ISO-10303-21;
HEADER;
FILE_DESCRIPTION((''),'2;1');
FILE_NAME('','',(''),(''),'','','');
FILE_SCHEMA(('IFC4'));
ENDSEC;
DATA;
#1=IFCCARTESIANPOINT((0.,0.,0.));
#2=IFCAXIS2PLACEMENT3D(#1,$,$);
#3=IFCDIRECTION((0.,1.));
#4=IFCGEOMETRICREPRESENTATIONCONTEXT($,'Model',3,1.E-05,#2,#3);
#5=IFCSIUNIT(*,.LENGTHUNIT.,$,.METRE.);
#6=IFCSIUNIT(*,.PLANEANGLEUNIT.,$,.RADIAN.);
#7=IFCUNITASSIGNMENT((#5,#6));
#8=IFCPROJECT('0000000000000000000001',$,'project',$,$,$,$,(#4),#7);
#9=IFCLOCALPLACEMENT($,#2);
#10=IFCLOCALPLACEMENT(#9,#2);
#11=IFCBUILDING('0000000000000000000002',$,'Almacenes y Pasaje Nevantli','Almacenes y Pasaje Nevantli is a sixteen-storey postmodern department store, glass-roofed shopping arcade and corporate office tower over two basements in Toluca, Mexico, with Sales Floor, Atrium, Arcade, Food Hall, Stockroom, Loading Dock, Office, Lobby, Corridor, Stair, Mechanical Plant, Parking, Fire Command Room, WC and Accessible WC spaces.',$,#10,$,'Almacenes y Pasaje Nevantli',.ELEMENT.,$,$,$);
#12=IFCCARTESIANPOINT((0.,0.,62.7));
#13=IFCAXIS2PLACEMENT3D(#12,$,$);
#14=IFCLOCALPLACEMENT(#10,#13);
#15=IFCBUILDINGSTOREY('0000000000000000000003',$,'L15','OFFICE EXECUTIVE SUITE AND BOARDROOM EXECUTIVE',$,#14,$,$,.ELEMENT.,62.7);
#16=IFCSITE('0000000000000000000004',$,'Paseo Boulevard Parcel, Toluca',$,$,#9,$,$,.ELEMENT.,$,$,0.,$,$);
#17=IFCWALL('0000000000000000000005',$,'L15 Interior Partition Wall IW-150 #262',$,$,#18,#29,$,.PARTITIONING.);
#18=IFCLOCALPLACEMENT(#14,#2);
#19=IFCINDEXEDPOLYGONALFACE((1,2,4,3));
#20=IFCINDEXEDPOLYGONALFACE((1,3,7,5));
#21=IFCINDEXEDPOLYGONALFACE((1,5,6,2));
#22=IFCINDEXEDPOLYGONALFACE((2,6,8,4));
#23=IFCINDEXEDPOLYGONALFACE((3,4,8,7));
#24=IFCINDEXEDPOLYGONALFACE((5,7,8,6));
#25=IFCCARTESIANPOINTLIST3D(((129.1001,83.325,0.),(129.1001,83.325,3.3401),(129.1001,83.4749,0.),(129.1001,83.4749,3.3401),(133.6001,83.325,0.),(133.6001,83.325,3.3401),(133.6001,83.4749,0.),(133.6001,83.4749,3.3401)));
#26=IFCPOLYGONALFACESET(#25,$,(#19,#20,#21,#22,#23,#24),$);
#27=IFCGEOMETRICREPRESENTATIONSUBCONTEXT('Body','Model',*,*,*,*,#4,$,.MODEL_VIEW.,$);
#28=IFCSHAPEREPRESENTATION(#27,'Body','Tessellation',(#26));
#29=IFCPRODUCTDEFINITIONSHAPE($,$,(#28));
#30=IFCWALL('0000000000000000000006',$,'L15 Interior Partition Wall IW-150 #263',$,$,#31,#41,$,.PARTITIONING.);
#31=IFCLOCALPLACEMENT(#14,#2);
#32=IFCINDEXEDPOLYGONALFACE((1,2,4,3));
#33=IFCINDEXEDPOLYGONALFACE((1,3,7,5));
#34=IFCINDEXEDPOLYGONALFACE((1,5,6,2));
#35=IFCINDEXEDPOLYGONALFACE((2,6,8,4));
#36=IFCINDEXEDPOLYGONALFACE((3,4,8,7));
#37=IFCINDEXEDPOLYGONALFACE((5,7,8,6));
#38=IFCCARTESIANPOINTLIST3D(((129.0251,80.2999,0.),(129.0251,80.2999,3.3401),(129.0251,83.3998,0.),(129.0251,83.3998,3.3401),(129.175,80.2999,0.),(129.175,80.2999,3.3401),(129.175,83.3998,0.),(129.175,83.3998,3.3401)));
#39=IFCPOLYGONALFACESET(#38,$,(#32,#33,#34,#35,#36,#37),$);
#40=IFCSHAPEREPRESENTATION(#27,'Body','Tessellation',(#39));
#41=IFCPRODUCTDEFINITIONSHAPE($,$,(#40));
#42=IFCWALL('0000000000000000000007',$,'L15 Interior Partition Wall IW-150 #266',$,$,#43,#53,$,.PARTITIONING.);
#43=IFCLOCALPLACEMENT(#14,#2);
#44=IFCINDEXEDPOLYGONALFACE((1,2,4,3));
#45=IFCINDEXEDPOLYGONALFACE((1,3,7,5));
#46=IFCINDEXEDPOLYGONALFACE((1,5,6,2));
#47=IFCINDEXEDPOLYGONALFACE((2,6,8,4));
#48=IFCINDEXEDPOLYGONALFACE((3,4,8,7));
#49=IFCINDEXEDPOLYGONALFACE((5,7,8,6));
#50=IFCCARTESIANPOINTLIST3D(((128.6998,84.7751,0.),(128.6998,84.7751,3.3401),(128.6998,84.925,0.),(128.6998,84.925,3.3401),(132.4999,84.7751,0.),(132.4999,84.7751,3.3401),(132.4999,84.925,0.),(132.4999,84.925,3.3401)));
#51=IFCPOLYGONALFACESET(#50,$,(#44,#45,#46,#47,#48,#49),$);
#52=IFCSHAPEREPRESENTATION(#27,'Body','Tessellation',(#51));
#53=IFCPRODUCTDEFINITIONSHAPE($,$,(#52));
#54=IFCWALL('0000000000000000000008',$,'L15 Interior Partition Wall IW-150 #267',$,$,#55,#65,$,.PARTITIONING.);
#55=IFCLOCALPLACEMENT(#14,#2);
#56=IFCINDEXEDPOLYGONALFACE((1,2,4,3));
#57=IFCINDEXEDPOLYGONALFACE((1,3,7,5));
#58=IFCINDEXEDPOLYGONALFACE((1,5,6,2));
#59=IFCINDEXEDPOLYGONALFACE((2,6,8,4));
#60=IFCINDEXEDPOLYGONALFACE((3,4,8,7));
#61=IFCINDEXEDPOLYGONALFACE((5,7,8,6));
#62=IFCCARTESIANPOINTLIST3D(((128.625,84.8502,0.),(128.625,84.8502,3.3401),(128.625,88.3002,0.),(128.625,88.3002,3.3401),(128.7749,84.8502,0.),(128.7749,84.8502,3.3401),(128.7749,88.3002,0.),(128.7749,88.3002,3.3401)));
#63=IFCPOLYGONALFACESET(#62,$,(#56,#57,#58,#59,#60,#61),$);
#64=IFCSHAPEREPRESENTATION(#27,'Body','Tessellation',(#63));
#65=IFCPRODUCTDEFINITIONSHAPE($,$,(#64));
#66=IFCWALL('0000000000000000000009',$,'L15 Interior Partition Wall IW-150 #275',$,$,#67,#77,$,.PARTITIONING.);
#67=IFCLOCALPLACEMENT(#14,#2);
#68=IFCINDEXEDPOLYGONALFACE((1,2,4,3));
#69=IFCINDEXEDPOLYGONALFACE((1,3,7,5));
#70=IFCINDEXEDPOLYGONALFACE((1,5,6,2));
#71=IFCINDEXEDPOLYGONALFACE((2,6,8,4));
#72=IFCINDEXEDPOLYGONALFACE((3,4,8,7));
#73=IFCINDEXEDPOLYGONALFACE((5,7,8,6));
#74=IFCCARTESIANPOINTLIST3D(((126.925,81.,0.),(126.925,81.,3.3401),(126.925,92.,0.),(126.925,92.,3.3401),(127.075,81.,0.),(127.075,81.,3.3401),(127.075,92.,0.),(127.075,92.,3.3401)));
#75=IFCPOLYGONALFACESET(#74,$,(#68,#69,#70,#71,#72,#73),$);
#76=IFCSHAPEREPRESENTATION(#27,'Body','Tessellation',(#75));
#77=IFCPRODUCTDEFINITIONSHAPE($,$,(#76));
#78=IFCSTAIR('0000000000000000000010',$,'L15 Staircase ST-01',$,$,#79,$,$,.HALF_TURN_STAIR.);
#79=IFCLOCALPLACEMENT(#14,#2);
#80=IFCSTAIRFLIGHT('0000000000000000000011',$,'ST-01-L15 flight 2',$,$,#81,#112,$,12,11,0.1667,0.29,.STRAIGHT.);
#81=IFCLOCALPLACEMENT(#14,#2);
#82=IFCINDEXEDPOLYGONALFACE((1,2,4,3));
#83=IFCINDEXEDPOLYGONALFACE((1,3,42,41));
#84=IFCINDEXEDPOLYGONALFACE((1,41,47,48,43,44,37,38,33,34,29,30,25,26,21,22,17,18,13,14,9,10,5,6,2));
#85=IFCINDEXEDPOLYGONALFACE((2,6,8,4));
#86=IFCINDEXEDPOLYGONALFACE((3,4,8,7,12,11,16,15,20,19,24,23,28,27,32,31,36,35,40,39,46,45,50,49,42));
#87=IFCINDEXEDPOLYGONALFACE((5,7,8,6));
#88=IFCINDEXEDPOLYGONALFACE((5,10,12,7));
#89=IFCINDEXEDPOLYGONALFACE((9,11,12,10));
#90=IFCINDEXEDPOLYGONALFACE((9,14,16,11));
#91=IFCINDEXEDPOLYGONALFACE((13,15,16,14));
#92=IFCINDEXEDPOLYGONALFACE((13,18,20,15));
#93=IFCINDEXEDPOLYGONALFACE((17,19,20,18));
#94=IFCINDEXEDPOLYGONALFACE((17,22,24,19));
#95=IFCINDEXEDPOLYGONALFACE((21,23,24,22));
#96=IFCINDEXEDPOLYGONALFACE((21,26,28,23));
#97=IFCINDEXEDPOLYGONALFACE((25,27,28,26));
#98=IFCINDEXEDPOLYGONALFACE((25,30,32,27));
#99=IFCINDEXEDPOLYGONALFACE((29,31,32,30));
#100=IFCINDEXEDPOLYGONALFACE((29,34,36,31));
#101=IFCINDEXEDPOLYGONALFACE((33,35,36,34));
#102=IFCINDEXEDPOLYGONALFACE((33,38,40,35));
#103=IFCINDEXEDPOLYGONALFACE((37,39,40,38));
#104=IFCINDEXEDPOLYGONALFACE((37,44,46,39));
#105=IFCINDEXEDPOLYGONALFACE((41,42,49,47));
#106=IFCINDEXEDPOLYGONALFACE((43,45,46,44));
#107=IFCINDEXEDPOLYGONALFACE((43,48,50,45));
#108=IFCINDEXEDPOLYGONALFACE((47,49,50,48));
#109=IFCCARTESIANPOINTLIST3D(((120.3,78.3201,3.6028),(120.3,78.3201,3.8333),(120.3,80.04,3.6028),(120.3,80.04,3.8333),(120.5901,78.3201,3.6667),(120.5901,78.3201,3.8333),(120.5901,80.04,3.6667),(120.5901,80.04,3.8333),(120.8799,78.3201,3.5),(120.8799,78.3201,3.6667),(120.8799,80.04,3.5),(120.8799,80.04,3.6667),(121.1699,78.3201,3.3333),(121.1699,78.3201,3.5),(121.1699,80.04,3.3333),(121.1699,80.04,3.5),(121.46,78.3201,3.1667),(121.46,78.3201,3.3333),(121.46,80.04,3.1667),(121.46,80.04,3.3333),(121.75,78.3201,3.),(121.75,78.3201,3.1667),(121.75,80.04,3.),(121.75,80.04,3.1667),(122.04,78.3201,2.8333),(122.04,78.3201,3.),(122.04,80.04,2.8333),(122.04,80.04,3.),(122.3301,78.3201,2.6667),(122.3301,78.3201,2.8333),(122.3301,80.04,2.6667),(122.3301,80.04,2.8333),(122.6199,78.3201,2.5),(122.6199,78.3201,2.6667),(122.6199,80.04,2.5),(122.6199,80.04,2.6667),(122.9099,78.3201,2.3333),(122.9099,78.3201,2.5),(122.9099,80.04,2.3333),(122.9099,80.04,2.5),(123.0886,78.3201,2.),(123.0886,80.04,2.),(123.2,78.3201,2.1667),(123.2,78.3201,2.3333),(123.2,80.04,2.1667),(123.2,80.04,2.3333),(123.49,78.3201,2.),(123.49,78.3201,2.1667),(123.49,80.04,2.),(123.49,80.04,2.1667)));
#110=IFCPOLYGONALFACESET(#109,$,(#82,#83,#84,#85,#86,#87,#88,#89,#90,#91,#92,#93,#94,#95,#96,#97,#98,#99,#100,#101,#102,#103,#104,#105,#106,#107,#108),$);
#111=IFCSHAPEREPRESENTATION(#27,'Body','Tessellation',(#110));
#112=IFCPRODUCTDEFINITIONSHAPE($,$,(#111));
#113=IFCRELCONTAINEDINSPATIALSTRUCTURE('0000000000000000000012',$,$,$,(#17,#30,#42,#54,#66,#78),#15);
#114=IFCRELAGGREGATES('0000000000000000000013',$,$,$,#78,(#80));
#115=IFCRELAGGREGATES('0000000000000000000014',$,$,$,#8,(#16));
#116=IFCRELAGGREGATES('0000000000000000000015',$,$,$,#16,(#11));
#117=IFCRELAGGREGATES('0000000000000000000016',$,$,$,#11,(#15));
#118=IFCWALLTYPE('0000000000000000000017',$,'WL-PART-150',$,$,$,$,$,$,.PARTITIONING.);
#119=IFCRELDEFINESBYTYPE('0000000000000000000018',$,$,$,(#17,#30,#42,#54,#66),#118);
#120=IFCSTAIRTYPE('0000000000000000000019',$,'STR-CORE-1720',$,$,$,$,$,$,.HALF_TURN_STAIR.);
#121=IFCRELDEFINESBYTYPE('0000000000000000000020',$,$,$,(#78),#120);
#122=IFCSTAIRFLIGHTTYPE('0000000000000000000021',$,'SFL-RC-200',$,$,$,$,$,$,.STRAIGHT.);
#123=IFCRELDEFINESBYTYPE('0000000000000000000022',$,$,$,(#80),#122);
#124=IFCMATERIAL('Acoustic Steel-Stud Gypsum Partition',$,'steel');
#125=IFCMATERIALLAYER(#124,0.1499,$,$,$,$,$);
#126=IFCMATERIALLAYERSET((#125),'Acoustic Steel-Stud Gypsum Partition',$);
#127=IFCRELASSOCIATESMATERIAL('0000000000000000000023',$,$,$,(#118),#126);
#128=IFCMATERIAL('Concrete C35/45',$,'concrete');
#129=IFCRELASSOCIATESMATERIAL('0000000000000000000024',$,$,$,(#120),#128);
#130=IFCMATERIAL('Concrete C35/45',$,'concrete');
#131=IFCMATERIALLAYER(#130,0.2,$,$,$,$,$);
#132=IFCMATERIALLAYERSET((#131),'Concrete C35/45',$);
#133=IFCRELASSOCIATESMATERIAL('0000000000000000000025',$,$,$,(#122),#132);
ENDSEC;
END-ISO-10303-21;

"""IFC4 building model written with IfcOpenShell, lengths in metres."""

from ifc_helpers import new_model, si_unit, direction, frame, frame_2d, origin, place, context, subcontext, project, spatial, polyline, rectangle, outline, extrude, material, layer, layer_set, type_object, element, aggregate, save


model = new_model("IFC4")

# Units and contexts
model_context = context("Model", 3, precision=1e-05, world=origin(), true_north=direction((0.0, 1.0)))
body_context = subcontext(model_context, "Body", "Model", "MODEL_VIEW")
ifc_project = project(units=[si_unit("LENGTHUNIT", "METRE"), si_unit("PLANEANGLEUNIT", "RADIAN")], contexts=[model_context])

# Site, building, storey
site_placement = place(None, origin())
site = spatial("IfcSite", under=ifc_project, at=site_placement, Name="Paseo Boulevard Parcel, Toluca", CompositionType="ELEMENT", RefElevation=0.0)
building_placement = place(site_placement, origin())
building = spatial("IfcBuilding", under=site, at=building_placement, Name="Almacenes y Pasaje Nevantli", Description="Almacenes y Pasaje Nevantli is a sixteen-storey postmodern department store, glass-roofed shopping arcade and corporate office tower over two basements in Toluca, Mexico, with Sales Floor, Atrium, Arcade, Food Hall, Stockroom, Loading Dock, Office, Lobby, Corridor, Stair, Mechanical Plant, Parking, Fire Command Room, WC and Accessible WC spaces.", LongName="Almacenes y Pasaje Nevantli", CompositionType="ELEMENT")
storey_placement = place(building_placement, frame((0.0, 0.0, 62.7)))
storey = spatial("IfcBuildingStorey", under=building, at=storey_placement, Name="L15", Description="OFFICE EXECUTIVE SUITE AND BOARDROOM EXECUTIVE", CompositionType="ELEMENT", Elevation=62.7)

# Shared definitions
ifc_material_1 = material(Name="Acoustic Steel-Stud Gypsum Partition", Category="steel")
ifc_layer_1 = layer(ifc_material_1, 0.1499)
ifc_layer_set_1 = layer_set([ifc_layer_1], Name="Acoustic Steel-Stud Gypsum Partition")
wall_type_1 = type_object("IfcWallType", Name="WL-PART-150", PredefinedType="PARTITIONING", material=ifc_layer_set_1)

# Walls
wall_1_placement = place(storey_placement, frame((129.1001, 83.3999, 0.0), z_axis=(0.0, 0.0, 1.0), x_axis=(1.0, 0.0, 0.0)))
element("IfcWall", 1, at=wall_1_placement, inside=storey, type_object=wall_type_1, Name="L15 Interior Partition Wall IW-150 #262", PredefinedType="PARTITIONING", context=body_context, shape_type="SweptSolid", body=[
    extrude(rectangle(XDim=4.5, YDim=0.1499, at=frame_2d((2.25, 0.0))), origin(), (0.0, 0.0, 1.0), 3.3401),
])
wall_2_placement = place(storey_placement, frame((129.1001, 80.3, 0.0), z_axis=(0.0, 0.0, 1.0), x_axis=(0.0, 1.0, 0.0)))
element("IfcWall", 2, at=wall_2_placement, inside=storey, type_object=wall_type_1, Name="L15 Interior Partition Wall IW-150 #263", PredefinedType="PARTITIONING", context=body_context, shape_type="SweptSolid", body=[
    extrude(rectangle(XDim=3.0999, YDim=0.1499, at=frame_2d((1.5498, 0.0))), origin(), (0.0, 0.0, 1.0), 3.3401),
])

# Walls
wall_3_placement = place(storey_placement, frame((128.7, 84.8501, 0.0), z_axis=(0.0, 0.0, 1.0), x_axis=(1.0, 0.0, 0.0)))
element("IfcWall", 3, at=wall_3_placement, inside=storey, type_object=wall_type_1, Name="L15 Interior Partition Wall IW-150 #266", PredefinedType="PARTITIONING", context=body_context, shape_type="SweptSolid", body=[
    extrude(rectangle(XDim=3.8, YDim=0.1499, at=frame_2d((1.8999, 0.0))), origin(), (0.0, 0.0, 1.0), 3.3401),
])
wall_4_placement = place(storey_placement, frame((128.7, 84.8501, 0.0), z_axis=(0.0, 0.0, 1.0), x_axis=(0.0, 1.0, 0.0)))
element("IfcWall", 4, at=wall_4_placement, inside=storey, type_object=wall_type_1, Name="L15 Interior Partition Wall IW-150 #267", PredefinedType="PARTITIONING", context=body_context, shape_type="SweptSolid", body=[
    extrude(rectangle(XDim=3.45, YDim=0.1499, at=frame_2d((1.7251, 0.0))), origin(), (0.0, 0.0, 1.0), 3.3401),
])
wall_5_placement = place(storey_placement, frame((127.0, 81.0, 0.0), z_axis=(0.0, 0.0, 1.0), x_axis=(0.0, 1.0, 0.0)))
element("IfcWall", 5, at=wall_5_placement, inside=storey, type_object=wall_type_1, Name="L15 Interior Partition Wall IW-150 #275", PredefinedType="PARTITIONING", context=body_context, shape_type="SweptSolid", body=[
    extrude(rectangle(XDim=11.0, YDim=0.1499, at=frame_2d((5.5, 0.0))), origin(), (0.0, 0.0, 1.0), 3.3401),
])

# Stair, stair flight
ifc_material_2 = material(Name="Concrete C35/45", Category="concrete")
stair_type = type_object("IfcStairType", Name="STR-CORE-1720", PredefinedType="HALF_TURN_STAIR", material=ifc_material_2)
stair_placement = place(storey_placement, origin())
stair = element("IfcStair", 6, at=stair_placement, inside=storey, type_object=stair_type, Name="L15 Staircase ST-01", PredefinedType="HALF_TURN_STAIR")
ifc_material_3 = material(Name="Concrete C35/45", Category="concrete")
ifc_layer_2 = layer(ifc_material_3, 0.2)
ifc_layer_set_2 = layer_set([ifc_layer_2], Name="Concrete C35/45")
stair_flight_type = type_object("IfcStairFlightType", Name="SFL-RC-200", PredefinedType="STRAIGHT", material=ifc_layer_set_2)
stair_flight_placement = place(storey_placement, frame((123.49, 79.1799, 2.0), z_axis=(0.0, 0.0, 1.0), x_axis=(-1.0, 0.0, 0.0)))
stair_flight = element("IfcStairFlight", 7, at=stair_flight_placement, type_object=stair_flight_type, Name="ST-01-L15 flight 2", NumberOfRisers=12, NumberOfTreads=11, PredefinedType="STRAIGHT", RiserHeight=0.1667, TreadLength=0.29, context=body_context, shape_type="SweptSolid", body=[
    extrude(outline(polyline([(0.0, 0.0), (0.0, 0.1667), (0.29, 0.1667), (0.29, 0.3333), (0.5801, 0.3333), (0.5801, 0.5), (0.8701, 0.5), (0.8701, 0.6667), (1.1599, 0.6667), (1.1599, 0.8333), (1.45, 0.8333), (1.45, 1.0), (1.74, 1.0), (1.74, 1.1667), (2.03, 1.1667), (2.03, 1.3333), (2.3201, 1.3333), (2.3201, 1.5), (2.6101, 1.5), (2.6101, 1.6667), (2.8999, 1.6667), (2.8999, 1.8333), (3.1899, 1.8333), (3.1899, 2.0), (3.1899, 1.6028), (0.4014, 0.0), (0.0, 0.0)])), frame((0.0, 0.8599, 0.0), z_axis=(0.0, -1.0, 0.0), x_axis=(1.0, 0.0, 0.0)), (0.0, 0.0, 1.0), 1.72),
])
aggregate(stair, [stair_flight])

save(model, "model.ifc")
